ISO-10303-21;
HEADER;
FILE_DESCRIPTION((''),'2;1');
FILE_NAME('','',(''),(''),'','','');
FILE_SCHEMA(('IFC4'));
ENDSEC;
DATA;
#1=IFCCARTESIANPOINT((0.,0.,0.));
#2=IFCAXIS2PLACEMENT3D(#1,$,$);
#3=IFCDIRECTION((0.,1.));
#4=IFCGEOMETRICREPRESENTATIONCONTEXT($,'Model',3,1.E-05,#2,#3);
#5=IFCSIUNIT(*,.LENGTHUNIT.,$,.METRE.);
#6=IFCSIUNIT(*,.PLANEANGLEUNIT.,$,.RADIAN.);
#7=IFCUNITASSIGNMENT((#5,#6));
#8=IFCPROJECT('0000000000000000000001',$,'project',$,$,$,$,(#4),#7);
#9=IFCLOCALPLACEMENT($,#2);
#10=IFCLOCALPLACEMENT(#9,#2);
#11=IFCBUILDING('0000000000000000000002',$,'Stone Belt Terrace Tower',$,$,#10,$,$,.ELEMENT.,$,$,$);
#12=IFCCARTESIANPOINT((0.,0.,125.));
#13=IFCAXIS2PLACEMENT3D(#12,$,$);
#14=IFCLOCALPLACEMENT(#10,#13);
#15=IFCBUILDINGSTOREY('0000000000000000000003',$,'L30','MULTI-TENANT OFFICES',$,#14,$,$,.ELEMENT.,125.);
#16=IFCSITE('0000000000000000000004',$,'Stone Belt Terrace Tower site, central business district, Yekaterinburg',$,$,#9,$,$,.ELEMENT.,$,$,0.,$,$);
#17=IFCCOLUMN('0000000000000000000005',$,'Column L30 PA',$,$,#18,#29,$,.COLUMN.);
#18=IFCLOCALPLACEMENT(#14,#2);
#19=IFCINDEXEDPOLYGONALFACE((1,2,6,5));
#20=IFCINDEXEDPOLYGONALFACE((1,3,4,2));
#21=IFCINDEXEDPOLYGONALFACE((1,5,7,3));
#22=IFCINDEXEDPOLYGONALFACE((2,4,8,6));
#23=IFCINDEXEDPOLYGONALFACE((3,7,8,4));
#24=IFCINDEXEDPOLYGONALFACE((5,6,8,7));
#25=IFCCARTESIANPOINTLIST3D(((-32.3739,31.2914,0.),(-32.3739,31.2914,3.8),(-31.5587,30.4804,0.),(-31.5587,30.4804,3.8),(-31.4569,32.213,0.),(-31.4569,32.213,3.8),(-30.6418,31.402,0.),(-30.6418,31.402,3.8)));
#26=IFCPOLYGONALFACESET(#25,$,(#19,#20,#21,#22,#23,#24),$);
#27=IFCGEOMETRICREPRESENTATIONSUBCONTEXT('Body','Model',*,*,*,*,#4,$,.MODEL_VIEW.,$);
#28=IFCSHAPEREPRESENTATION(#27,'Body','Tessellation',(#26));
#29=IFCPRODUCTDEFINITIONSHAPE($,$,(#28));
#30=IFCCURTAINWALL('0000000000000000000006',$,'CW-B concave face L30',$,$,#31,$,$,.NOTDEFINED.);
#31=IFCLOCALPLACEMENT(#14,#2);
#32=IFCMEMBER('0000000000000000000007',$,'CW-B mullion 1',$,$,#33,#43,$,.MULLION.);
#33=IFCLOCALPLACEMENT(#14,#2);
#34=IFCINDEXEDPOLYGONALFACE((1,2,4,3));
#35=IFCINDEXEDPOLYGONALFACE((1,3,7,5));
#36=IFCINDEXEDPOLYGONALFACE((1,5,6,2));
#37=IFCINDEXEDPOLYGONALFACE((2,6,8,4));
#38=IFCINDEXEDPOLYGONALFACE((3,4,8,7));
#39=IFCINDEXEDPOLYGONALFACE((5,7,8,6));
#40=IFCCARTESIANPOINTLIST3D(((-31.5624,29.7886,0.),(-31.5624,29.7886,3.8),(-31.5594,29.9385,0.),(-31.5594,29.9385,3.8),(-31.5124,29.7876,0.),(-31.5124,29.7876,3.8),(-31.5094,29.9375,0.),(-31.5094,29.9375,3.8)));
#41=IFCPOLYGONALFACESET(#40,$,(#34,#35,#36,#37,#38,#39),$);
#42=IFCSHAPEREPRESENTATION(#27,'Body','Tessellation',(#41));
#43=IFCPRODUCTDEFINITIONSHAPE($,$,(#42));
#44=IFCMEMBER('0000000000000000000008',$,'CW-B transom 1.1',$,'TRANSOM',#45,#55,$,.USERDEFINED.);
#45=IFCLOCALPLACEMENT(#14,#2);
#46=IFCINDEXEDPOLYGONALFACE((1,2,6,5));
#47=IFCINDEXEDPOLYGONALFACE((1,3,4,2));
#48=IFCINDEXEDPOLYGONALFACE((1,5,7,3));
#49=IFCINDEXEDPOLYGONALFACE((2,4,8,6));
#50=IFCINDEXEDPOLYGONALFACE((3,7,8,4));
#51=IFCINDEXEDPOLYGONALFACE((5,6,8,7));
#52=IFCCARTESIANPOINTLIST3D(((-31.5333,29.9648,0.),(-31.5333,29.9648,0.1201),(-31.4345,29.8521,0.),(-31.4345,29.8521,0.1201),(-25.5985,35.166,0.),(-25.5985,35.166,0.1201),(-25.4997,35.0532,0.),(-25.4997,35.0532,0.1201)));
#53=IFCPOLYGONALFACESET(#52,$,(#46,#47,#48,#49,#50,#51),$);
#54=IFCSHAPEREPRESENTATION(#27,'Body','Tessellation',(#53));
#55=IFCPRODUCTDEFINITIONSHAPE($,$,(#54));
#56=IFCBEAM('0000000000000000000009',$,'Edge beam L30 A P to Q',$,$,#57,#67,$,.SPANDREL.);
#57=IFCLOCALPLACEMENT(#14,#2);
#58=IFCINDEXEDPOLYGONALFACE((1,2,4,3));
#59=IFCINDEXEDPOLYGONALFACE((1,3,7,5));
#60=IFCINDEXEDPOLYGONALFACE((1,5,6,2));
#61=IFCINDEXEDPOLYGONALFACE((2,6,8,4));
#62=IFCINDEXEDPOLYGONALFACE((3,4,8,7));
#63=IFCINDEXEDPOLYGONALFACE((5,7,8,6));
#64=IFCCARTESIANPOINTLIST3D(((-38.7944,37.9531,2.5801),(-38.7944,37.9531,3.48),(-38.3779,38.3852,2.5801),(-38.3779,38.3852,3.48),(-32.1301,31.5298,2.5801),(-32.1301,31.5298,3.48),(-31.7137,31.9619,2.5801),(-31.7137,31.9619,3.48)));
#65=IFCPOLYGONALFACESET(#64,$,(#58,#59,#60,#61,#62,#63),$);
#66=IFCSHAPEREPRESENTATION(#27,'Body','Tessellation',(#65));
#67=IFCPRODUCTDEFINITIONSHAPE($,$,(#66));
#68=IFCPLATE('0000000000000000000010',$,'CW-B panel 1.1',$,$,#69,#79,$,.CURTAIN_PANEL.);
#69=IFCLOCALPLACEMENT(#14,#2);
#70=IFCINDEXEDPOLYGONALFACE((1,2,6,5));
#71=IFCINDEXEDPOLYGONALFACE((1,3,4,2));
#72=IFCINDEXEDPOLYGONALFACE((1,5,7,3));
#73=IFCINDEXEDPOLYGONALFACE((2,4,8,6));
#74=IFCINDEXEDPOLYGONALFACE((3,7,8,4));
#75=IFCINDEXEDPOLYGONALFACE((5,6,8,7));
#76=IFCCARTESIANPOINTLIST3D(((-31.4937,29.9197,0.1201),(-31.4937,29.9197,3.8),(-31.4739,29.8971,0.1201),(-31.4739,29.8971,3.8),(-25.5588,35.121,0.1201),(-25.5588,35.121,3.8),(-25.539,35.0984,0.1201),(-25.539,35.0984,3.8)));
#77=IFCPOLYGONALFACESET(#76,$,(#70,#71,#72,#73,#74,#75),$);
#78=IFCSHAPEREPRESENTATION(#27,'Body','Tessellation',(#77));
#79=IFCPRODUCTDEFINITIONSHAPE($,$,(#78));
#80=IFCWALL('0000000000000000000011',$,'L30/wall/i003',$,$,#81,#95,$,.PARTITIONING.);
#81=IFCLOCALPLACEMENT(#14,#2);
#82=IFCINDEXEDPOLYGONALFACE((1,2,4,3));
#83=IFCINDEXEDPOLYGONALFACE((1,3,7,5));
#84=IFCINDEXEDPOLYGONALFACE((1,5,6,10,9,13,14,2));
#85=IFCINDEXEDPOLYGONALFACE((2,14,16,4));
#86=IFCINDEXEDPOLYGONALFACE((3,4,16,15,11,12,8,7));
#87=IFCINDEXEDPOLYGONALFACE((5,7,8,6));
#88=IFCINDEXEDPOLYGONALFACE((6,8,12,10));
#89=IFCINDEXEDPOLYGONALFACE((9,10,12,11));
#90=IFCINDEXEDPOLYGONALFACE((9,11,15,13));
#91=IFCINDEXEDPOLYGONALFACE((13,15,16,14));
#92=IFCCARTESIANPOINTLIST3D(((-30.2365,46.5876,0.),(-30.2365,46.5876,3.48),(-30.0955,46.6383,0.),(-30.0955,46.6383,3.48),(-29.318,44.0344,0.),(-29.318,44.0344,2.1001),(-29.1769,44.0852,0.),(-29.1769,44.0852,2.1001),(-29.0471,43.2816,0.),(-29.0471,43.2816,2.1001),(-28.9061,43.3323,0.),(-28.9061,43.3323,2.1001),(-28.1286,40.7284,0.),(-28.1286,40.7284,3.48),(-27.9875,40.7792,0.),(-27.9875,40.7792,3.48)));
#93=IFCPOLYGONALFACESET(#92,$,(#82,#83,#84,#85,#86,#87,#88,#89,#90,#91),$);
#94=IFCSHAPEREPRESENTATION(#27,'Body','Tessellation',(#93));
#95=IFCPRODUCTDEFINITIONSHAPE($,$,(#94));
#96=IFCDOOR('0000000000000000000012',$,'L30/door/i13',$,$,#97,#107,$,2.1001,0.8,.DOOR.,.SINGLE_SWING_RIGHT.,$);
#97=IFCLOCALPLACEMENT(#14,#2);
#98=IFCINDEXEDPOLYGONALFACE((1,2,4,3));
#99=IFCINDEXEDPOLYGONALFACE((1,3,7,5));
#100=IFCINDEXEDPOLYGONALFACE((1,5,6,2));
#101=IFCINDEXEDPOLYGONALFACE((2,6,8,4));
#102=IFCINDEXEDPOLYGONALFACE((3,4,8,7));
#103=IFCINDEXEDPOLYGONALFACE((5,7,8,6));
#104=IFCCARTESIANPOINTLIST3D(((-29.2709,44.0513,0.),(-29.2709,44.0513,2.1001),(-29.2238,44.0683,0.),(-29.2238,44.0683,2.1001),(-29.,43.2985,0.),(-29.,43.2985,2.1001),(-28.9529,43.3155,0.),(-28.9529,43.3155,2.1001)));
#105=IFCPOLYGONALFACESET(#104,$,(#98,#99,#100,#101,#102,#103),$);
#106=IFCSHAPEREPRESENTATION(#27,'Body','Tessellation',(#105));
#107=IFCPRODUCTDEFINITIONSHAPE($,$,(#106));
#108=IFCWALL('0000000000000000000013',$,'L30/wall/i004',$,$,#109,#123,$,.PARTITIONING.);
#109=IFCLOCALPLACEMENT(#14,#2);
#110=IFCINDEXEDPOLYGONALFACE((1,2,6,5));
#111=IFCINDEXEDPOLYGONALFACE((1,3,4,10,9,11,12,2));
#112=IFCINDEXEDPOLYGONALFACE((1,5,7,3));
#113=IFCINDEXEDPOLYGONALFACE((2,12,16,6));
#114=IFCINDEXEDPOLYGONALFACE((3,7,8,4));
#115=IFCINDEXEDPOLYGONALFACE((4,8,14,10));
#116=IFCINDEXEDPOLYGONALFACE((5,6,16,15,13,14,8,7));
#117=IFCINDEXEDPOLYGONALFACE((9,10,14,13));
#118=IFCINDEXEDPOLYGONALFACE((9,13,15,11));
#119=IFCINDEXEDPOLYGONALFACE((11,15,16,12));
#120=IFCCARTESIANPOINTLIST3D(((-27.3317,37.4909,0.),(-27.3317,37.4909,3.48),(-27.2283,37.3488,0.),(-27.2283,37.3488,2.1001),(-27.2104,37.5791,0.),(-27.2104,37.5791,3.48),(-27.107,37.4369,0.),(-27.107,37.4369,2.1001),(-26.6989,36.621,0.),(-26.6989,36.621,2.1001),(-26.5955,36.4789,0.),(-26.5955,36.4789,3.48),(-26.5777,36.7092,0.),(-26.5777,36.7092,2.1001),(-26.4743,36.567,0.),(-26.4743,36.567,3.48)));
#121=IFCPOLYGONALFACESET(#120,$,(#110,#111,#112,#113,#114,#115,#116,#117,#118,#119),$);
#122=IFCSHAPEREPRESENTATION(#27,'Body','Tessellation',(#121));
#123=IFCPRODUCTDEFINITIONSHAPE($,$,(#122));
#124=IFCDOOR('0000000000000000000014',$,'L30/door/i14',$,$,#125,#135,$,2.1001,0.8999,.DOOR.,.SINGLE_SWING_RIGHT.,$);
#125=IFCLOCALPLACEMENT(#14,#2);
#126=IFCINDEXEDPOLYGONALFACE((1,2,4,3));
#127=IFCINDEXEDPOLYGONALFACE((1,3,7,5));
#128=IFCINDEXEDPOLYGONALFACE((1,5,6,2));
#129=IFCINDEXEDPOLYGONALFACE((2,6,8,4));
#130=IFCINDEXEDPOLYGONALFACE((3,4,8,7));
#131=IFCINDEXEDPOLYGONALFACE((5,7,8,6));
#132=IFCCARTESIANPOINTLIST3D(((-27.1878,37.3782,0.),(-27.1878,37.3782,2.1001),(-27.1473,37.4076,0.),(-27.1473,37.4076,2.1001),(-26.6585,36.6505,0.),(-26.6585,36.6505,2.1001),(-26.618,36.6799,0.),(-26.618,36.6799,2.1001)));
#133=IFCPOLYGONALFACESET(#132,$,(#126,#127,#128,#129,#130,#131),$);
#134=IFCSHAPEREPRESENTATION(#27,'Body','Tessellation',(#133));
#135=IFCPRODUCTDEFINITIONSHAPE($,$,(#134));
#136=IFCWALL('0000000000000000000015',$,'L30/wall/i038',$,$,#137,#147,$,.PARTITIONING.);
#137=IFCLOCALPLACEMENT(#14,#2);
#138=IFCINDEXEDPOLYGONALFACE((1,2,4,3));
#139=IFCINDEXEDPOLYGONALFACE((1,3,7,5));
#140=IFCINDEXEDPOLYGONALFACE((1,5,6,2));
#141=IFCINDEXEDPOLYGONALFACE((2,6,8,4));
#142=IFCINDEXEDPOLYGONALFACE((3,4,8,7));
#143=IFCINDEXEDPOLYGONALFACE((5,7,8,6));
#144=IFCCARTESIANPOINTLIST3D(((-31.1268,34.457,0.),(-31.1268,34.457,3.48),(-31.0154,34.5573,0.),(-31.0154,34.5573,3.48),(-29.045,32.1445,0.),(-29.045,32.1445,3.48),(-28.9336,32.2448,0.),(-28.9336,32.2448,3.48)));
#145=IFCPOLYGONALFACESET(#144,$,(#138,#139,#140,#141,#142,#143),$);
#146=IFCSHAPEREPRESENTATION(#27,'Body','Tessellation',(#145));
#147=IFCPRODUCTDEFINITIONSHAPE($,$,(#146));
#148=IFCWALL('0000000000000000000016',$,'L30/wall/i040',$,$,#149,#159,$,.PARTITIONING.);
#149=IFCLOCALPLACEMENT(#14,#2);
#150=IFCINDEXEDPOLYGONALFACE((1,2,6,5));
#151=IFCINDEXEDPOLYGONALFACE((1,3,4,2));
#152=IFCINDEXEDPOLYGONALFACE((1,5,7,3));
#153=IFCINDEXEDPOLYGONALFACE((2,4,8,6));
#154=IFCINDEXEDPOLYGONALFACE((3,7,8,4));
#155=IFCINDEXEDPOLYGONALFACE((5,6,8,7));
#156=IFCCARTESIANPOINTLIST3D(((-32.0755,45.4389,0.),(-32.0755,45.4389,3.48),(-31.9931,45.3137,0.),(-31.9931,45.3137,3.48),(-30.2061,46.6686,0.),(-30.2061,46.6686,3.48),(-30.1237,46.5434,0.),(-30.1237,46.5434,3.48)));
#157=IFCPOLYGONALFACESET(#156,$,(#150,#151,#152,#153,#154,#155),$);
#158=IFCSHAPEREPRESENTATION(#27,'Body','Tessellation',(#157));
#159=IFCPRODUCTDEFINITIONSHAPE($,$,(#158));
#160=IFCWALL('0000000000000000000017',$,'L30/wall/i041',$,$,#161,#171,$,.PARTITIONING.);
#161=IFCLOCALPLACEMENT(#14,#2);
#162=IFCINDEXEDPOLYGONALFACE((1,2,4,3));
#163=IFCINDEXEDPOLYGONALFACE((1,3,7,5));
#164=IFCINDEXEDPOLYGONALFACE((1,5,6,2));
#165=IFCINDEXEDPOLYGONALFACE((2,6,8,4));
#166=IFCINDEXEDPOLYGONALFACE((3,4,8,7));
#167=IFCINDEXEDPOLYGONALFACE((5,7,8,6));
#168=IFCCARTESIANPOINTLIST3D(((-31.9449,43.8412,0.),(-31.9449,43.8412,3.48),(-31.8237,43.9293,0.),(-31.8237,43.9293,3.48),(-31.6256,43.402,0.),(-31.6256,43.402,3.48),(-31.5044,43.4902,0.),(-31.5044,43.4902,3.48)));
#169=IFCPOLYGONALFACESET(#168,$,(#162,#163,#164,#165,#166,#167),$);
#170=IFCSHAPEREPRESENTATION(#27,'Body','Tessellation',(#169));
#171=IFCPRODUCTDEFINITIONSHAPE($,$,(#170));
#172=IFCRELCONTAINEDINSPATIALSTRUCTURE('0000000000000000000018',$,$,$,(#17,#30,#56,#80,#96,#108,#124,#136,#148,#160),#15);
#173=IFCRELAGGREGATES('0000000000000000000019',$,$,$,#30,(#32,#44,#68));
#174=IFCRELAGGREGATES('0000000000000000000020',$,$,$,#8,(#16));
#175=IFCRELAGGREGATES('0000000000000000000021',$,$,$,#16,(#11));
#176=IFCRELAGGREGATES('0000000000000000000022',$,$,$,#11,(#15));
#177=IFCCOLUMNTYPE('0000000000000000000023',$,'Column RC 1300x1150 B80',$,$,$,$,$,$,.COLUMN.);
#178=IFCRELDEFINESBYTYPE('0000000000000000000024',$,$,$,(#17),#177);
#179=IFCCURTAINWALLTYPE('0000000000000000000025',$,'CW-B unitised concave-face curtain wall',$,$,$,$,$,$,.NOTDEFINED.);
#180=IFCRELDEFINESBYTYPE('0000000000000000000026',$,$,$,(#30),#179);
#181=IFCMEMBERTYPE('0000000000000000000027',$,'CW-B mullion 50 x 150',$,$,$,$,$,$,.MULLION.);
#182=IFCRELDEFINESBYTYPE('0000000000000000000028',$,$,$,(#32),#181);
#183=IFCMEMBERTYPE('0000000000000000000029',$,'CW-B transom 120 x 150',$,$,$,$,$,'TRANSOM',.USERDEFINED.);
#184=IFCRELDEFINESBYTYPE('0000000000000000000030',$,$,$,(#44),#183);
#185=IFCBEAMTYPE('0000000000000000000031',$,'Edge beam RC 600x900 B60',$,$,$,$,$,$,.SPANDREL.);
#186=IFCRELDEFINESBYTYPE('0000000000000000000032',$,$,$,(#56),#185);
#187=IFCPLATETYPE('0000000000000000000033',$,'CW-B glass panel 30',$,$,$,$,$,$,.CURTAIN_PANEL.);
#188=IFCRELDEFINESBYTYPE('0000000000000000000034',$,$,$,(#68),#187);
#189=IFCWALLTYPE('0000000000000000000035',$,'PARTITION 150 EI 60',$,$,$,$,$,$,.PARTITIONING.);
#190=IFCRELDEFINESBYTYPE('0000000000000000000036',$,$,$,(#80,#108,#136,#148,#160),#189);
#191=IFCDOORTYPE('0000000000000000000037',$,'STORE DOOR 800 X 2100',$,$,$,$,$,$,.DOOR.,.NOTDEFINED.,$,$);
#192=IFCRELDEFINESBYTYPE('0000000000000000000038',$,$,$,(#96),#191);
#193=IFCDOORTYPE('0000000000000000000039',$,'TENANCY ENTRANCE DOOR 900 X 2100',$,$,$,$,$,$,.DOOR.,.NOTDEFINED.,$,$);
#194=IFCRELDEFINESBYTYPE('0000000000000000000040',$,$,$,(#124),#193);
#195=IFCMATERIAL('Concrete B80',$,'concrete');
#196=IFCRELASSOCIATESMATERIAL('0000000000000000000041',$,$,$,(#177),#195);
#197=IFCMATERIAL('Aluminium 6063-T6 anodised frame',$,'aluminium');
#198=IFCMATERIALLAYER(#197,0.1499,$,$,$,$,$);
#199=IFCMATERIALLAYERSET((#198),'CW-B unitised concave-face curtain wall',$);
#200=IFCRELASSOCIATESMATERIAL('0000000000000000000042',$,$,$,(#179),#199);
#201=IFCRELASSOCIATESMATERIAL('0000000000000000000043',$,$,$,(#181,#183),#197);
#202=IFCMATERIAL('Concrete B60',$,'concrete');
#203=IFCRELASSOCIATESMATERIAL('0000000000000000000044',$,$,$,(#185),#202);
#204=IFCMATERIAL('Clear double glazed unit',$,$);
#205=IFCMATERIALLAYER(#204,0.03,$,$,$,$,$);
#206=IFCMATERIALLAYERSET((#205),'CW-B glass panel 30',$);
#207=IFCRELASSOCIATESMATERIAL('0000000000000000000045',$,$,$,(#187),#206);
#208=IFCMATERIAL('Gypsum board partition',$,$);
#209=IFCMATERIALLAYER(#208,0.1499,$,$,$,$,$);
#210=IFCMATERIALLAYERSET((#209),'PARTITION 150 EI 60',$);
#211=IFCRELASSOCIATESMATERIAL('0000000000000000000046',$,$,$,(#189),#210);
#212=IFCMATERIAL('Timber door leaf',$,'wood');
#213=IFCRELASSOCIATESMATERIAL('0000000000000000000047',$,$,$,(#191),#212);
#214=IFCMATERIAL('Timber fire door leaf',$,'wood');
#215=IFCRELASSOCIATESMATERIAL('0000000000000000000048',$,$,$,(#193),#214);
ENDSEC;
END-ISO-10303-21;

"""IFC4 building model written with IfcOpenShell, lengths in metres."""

from ifc_helpers import new_model, si_unit, direction, frame, frame_2d, origin, origin_2d, place, context, subcontext, project, spatial, rectangle, extrude, material, layer, layer_set, material_profile, profile_set, type_object, element, fill, aggregate, save


model = new_model("IFC4")

# Units and contexts
model_context = context("Model", 3, precision=1e-05, world=origin(), true_north=direction((0.0, 1.0)))
body_context = subcontext(model_context, "Body", "Model", "MODEL_VIEW")
ifc_project = project(units=[si_unit("LENGTHUNIT", "METRE"), si_unit("PLANEANGLEUNIT", "RADIAN")], contexts=[model_context])

# Site, building, storey
site_placement = place(None, origin())
site = spatial("IfcSite", under=ifc_project, at=site_placement, Name="Stone Belt Terrace Tower site, central business district, Yekaterinburg", CompositionType="ELEMENT", RefElevation=0.0)
building_placement = place(site_placement, origin())
building = spatial("IfcBuilding", under=site, at=building_placement, Name="Stone Belt Terrace Tower", CompositionType="ELEMENT")
storey_placement = place(building_placement, frame((0.0, 0.0, 125.0)))
storey = spatial("IfcBuildingStorey", under=building, at=storey_placement, Name="L30", Description="MULTI-TENANT OFFICES", CompositionType="ELEMENT", Elevation=125.0)

# Column
ifc_material_1 = material(Name="Concrete B80", Category="concrete")
ifc_material_profile_1 = material_profile(ifc_material_1, rectangle(XDim=1.3, YDim=1.1499, at=origin_2d()), Name="RC 1300x1150")
ifc_profile_set_1 = profile_set([ifc_material_profile_1], Name="Concrete B80")
column_type = type_object("IfcColumnType", Name="Column RC 1300x1150 B80", PredefinedType="COLUMN", material=ifc_profile_set_1)
column_placement = place(storey_placement, frame((-31.5078, 31.3467, 0.0), z_axis=(0.0, 0.0, 1.0), x_axis=(0.705294, 0.708915, 0.0)))
element("IfcColumn", 1, at=column_placement, inside=storey, type_object=column_type, Name="Column L30 PA", PredefinedType="COLUMN", context=body_context, shape_type="SweptSolid", body=[
    extrude(rectangle(XDim=1.3, YDim=1.1499, at=origin_2d()), origin(), (0.0, 0.0, 1.0), 3.8),
])

# Curtain wall, members
ifc_material_2 = material(Name="Aluminium 6063-T6 anodised frame", Category="aluminium")
ifc_layer_1 = layer(ifc_material_2, 0.1499)
ifc_layer_set_1 = layer_set([ifc_layer_1], Name="CW-B unitised concave-face curtain wall")
curtain_wall_type = type_object("IfcCurtainWallType", Name="CW-B unitised concave-face curtain wall", PredefinedType="NOTDEFINED", material=ifc_layer_set_1)
curtain_wall_placement = place(storey_placement, origin())
curtain_wall = element("IfcCurtainWall", 2, at=curtain_wall_placement, inside=storey, type_object=curtain_wall_type, Name="CW-B concave face L30", PredefinedType="NOTDEFINED")
ifc_material_profile_2 = material_profile(ifc_material_2, rectangle(XDim=0.1499, YDim=0.05, at=origin_2d()), Name="Aluminium 6063-T6 50x150")
ifc_profile_set_2 = profile_set([ifc_material_profile_2], Name="Aluminium 6063-T6 anodised frame")
member_type_1 = type_object("IfcMemberType", Name="CW-B mullion 50 x 150", PredefinedType="MULLION", material=ifc_profile_set_2)
member_1_placement = place(storey_placement, frame((-31.5359, 29.863, 0.0), z_axis=(0.0, 0.0, 1.0), x_axis=(0.020135, 0.999797, 0.0)))
member_1 = element("IfcMember", 3, at=member_1_placement, type_object=member_type_1, Name="CW-B mullion 1", PredefinedType="MULLION", context=body_context, shape_type="SweptSolid", body=[
    extrude(rectangle(XDim=0.1499, YDim=0.05, at=origin_2d()), origin(), (0.0, 0.0, 1.0), 3.8),
])
ifc_material_profile_3 = material_profile(ifc_material_2, rectangle(XDim=0.1499, YDim=0.1201, at=origin_2d()), Name="Aluminium 6063-T6 150x120")
ifc_profile_set_3 = profile_set([ifc_material_profile_3], Name="Aluminium 6063-T6 anodised frame")
member_type_2 = type_object("IfcMemberType", Name="CW-B transom 120 x 150", ElementType="TRANSOM", PredefinedType="USERDEFINED", material=ifc_profile_set_3)
member_2_placement = place(storey_placement, frame((-31.4839, 29.9084, 0.0601), z_axis=(0.752061, 0.659094, 0.0), x_axis=(-0.659094, 0.752061, 0.0)))
member_2 = element("IfcMember", 4, at=member_2_placement, type_object=member_type_2, Name="CW-B transom 1.1", ObjectType="TRANSOM", PredefinedType="USERDEFINED", context=body_context, shape_type="SweptSolid", body=[
    extrude(rectangle(XDim=0.1499, YDim=0.1201, at=origin_2d()), origin(), (0.0, 0.0, 1.0), 7.8914),
])

# Beam
ifc_material_3 = material(Name="Concrete B60", Category="concrete")
ifc_material_profile_4 = material_profile(ifc_material_3, rectangle(XDim=0.6001, YDim=0.8999, at=origin_2d()), Name="RC 600x900")
ifc_profile_set_4 = profile_set([ifc_material_profile_4], Name="Concrete B60")
beam_type = type_object("IfcBeamType", Name="Edge beam RC 600x900 B60", PredefinedType="SPANDREL", material=ifc_profile_set_4)
beam_placement = place(storey_placement, frame((-31.9219, 31.7458, 3.03), z_axis=(-0.720004, 0.69397, 0.0), x_axis=(-0.69397, -0.720004, 0.0)))
element("IfcBeam", 5, at=beam_placement, inside=storey, type_object=beam_type, Name="Edge beam L30 A P to Q", PredefinedType="SPANDREL", context=body_context, shape_type="SweptSolid", body=[
    extrude(rectangle(XDim=0.6001, YDim=0.8999, at=origin_2d()), origin(), (0.0, 0.0, 1.0), 9.2559),
])

# Plate
ifc_material_4 = material(Name="Clear double glazed unit")
ifc_layer_2 = layer(ifc_material_4, 0.03)
ifc_layer_set_2 = layer_set([ifc_layer_2], Name="CW-B glass panel 30")
plate_type = type_object("IfcPlateType", Name="CW-B glass panel 30", PredefinedType="CURTAIN_PANEL", material=ifc_layer_set_2)
plate_placement = place(storey_placement, frame((-28.5164, 32.509, 0.1201), z_axis=(0.0, 0.0, 1.0), x_axis=(0.75206, 0.659094, 0.0)))
plate = element("IfcPlate", 6, at=plate_placement, type_object=plate_type, Name="CW-B panel 1.1", PredefinedType="CURTAIN_PANEL", context=body_context, shape_type="SweptSolid", body=[
    extrude(rectangle(XDim=7.8916, YDim=0.03, at=origin_2d()), origin(), (0.0, 0.0, 1.0), 3.6799),
])
aggregate(curtain_wall, [member_1, member_2, plate])

# Walls, openings, doors
ifc_material_5 = material(Name="Gypsum board partition")
ifc_layer_3 = layer(ifc_material_5, 0.1499)
ifc_layer_set_3 = layer_set([ifc_layer_3], Name="PARTITION 150 EI 60")
wall_type_1 = type_object("IfcWallType", Name="PARTITION 150 EI 60", PredefinedType="PARTITIONING", material=ifc_layer_set_3)
wall_1_placement = place(storey_placement, frame((-28.0581, 40.7539, 0.0), z_axis=(0.0, 0.0, 1.0), x_axis=(-0.338524, 0.940958, 0.0)))
wall_1 = element("IfcWall", 7, at=wall_1_placement, inside=storey, type_object=wall_type_1, Name="L30/wall/i003", PredefinedType="PARTITIONING", context=body_context, shape_type="SweptSolid", body=[
    extrude(rectangle(XDim=6.2268, YDim=0.1499, at=frame_2d((3.1133, 0.0))), origin(), (0.0, 0.0, 1.0), 3.48),
])
opening_1_placement = place(wall_1_placement, frame((2.7134, 0.0, 0.0)))
opening_1 = element("IfcOpeningElement", 8, at=opening_1_placement, cuts=wall_1, PredefinedType="OPENING", context=body_context, shape_type="SweptSolid", body=[
    extrude(rectangle(XDim=0.8, YDim=2.1001, at=frame_2d((0.3999, 1.05))), frame((0.0, 0.085, 0.0), z_axis=(0.0, -1.0, 0.0), x_axis=(1.0, 0.0, 0.0)), (0.0, 0.0, 1.0), 0.1699),
])
ifc_material_6 = material(Name="Timber door leaf", Category="wood")
door_type_1 = type_object("IfcDoorType", Name="STORE DOOR 800 X 2100", OperationType="NOTDEFINED", PredefinedType="DOOR", material=ifc_material_6)
door_1_placement = place(opening_1_placement, origin())
door_1 = element("IfcDoor", 9, at=door_1_placement, inside=storey, type_object=door_type_1, Name="L30/door/i13", OperationType="SINGLE_SWING_RIGHT", OverallHeight=2.1001, OverallWidth=0.8, PredefinedType="DOOR", context=body_context, shape_type="SweptSolid", body=[
    extrude(rectangle(XDim=0.8, YDim=2.1001, at=frame_2d((0.3999, 1.05))), frame((0.0, 0.0249, 0.0), z_axis=(0.0, -1.0, 0.0), x_axis=(1.0, 0.0, 0.0)), (0.0, 0.0, 1.0), 0.05),
])
fill(opening_1, door_1)
wall_2_placement = place(storey_placement, frame((-26.5349, 36.5229, 0.0), z_axis=(0.0, 0.0, 1.0), x_axis=(-0.58823, 0.808694, 0.0)))
wall_2 = element("IfcWall", 10, at=wall_2_placement, inside=storey, type_object=wall_type_1, Name="L30/wall/i004", PredefinedType="PARTITIONING", context=body_context, shape_type="SweptSolid", body=[
    extrude(rectangle(XDim=1.2515, YDim=0.1499, at=frame_2d((0.6257, 0.0))), origin(), (0.0, 0.0, 1.0), 3.48),
])
opening_2_placement = place(wall_2_placement, frame((0.1758, 0.0, 0.0)))
opening_2 = element("IfcOpeningElement", 11, at=opening_2_placement, cuts=wall_2, PredefinedType="OPENING", context=body_context, shape_type="SweptSolid", body=[
    extrude(rectangle(XDim=0.8999, YDim=2.1001, at=frame_2d((0.45, 1.05))), frame((0.0, 0.085, 0.0), z_axis=(0.0, -1.0, 0.0), x_axis=(1.0, 0.0, 0.0)), (0.0, 0.0, 1.0), 0.1699),
])
ifc_material_7 = material(Name="Timber fire door leaf", Category="wood")
door_type_2 = type_object("IfcDoorType", Name="TENANCY ENTRANCE DOOR 900 X 2100", OperationType="NOTDEFINED", PredefinedType="DOOR", material=ifc_material_7)
door_2_placement = place(opening_2_placement, origin())
door_2 = element("IfcDoor", 12, at=door_2_placement, inside=storey, type_object=door_type_2, Name="L30/door/i14", OperationType="SINGLE_SWING_RIGHT", OverallHeight=2.1001, OverallWidth=0.8999, PredefinedType="DOOR", context=body_context, shape_type="SweptSolid", body=[
    extrude(rectangle(XDim=0.8999, YDim=2.1001, at=frame_2d((0.45, 1.05))), frame((0.0, 0.0249, 0.0), z_axis=(0.0, -1.0, 0.0), x_axis=(1.0, 0.0, 0.0)), (0.0, 0.0, 1.0), 0.05),
])
fill(opening_2, door_2)

# Walls
wall_3_placement = place(storey_placement, frame((-31.071, 34.5071, 0.0), z_axis=(0.0, 0.0, 1.0), x_axis=(0.66906, -0.743208, 0.0)))
element("IfcWall", 13, at=wall_3_placement, inside=storey, type_object=wall_type_1, Name="L30/wall/i038", PredefinedType="PARTITIONING", context=body_context, shape_type="SweptSolid", body=[
    extrude(rectangle(XDim=3.1116, YDim=0.1499, at=frame_2d((1.5557, 0.0))), origin(), (0.0, 0.0, 1.0), 3.48),
])
wall_4_placement = place(storey_placement, frame((-30.165, 46.606, 0.0), z_axis=(0.0, 0.0, 1.0), x_axis=(-0.835442, -0.549578, 0.0)))
element("IfcWall", 14, at=wall_4_placement, inside=storey, type_object=wall_type_1, Name="L30/wall/i040", PredefinedType="PARTITIONING", context=body_context, shape_type="SweptSolid", body=[
    extrude(rectangle(XDim=2.2375, YDim=0.1499, at=frame_2d((1.1187, 0.0))), origin(), (0.0, 0.0, 1.0), 3.48),
])
wall_5_placement = place(storey_placement, frame((-31.8843, 43.8853, 0.0), z_axis=(0.0, 0.0, 1.0), x_axis=(0.588065, -0.808814, 0.0)))
element("IfcWall", 15, at=wall_5_placement, inside=storey, type_object=wall_type_1, Name="L30/wall/i041", PredefinedType="PARTITIONING", context=body_context, shape_type="SweptSolid", body=[
    extrude(rectangle(XDim=0.543, YDim=0.1499, at=frame_2d((0.2715, 0.0))), origin(), (0.0, 0.0, 1.0), 3.48),
])

save(model, "model.ifc")
